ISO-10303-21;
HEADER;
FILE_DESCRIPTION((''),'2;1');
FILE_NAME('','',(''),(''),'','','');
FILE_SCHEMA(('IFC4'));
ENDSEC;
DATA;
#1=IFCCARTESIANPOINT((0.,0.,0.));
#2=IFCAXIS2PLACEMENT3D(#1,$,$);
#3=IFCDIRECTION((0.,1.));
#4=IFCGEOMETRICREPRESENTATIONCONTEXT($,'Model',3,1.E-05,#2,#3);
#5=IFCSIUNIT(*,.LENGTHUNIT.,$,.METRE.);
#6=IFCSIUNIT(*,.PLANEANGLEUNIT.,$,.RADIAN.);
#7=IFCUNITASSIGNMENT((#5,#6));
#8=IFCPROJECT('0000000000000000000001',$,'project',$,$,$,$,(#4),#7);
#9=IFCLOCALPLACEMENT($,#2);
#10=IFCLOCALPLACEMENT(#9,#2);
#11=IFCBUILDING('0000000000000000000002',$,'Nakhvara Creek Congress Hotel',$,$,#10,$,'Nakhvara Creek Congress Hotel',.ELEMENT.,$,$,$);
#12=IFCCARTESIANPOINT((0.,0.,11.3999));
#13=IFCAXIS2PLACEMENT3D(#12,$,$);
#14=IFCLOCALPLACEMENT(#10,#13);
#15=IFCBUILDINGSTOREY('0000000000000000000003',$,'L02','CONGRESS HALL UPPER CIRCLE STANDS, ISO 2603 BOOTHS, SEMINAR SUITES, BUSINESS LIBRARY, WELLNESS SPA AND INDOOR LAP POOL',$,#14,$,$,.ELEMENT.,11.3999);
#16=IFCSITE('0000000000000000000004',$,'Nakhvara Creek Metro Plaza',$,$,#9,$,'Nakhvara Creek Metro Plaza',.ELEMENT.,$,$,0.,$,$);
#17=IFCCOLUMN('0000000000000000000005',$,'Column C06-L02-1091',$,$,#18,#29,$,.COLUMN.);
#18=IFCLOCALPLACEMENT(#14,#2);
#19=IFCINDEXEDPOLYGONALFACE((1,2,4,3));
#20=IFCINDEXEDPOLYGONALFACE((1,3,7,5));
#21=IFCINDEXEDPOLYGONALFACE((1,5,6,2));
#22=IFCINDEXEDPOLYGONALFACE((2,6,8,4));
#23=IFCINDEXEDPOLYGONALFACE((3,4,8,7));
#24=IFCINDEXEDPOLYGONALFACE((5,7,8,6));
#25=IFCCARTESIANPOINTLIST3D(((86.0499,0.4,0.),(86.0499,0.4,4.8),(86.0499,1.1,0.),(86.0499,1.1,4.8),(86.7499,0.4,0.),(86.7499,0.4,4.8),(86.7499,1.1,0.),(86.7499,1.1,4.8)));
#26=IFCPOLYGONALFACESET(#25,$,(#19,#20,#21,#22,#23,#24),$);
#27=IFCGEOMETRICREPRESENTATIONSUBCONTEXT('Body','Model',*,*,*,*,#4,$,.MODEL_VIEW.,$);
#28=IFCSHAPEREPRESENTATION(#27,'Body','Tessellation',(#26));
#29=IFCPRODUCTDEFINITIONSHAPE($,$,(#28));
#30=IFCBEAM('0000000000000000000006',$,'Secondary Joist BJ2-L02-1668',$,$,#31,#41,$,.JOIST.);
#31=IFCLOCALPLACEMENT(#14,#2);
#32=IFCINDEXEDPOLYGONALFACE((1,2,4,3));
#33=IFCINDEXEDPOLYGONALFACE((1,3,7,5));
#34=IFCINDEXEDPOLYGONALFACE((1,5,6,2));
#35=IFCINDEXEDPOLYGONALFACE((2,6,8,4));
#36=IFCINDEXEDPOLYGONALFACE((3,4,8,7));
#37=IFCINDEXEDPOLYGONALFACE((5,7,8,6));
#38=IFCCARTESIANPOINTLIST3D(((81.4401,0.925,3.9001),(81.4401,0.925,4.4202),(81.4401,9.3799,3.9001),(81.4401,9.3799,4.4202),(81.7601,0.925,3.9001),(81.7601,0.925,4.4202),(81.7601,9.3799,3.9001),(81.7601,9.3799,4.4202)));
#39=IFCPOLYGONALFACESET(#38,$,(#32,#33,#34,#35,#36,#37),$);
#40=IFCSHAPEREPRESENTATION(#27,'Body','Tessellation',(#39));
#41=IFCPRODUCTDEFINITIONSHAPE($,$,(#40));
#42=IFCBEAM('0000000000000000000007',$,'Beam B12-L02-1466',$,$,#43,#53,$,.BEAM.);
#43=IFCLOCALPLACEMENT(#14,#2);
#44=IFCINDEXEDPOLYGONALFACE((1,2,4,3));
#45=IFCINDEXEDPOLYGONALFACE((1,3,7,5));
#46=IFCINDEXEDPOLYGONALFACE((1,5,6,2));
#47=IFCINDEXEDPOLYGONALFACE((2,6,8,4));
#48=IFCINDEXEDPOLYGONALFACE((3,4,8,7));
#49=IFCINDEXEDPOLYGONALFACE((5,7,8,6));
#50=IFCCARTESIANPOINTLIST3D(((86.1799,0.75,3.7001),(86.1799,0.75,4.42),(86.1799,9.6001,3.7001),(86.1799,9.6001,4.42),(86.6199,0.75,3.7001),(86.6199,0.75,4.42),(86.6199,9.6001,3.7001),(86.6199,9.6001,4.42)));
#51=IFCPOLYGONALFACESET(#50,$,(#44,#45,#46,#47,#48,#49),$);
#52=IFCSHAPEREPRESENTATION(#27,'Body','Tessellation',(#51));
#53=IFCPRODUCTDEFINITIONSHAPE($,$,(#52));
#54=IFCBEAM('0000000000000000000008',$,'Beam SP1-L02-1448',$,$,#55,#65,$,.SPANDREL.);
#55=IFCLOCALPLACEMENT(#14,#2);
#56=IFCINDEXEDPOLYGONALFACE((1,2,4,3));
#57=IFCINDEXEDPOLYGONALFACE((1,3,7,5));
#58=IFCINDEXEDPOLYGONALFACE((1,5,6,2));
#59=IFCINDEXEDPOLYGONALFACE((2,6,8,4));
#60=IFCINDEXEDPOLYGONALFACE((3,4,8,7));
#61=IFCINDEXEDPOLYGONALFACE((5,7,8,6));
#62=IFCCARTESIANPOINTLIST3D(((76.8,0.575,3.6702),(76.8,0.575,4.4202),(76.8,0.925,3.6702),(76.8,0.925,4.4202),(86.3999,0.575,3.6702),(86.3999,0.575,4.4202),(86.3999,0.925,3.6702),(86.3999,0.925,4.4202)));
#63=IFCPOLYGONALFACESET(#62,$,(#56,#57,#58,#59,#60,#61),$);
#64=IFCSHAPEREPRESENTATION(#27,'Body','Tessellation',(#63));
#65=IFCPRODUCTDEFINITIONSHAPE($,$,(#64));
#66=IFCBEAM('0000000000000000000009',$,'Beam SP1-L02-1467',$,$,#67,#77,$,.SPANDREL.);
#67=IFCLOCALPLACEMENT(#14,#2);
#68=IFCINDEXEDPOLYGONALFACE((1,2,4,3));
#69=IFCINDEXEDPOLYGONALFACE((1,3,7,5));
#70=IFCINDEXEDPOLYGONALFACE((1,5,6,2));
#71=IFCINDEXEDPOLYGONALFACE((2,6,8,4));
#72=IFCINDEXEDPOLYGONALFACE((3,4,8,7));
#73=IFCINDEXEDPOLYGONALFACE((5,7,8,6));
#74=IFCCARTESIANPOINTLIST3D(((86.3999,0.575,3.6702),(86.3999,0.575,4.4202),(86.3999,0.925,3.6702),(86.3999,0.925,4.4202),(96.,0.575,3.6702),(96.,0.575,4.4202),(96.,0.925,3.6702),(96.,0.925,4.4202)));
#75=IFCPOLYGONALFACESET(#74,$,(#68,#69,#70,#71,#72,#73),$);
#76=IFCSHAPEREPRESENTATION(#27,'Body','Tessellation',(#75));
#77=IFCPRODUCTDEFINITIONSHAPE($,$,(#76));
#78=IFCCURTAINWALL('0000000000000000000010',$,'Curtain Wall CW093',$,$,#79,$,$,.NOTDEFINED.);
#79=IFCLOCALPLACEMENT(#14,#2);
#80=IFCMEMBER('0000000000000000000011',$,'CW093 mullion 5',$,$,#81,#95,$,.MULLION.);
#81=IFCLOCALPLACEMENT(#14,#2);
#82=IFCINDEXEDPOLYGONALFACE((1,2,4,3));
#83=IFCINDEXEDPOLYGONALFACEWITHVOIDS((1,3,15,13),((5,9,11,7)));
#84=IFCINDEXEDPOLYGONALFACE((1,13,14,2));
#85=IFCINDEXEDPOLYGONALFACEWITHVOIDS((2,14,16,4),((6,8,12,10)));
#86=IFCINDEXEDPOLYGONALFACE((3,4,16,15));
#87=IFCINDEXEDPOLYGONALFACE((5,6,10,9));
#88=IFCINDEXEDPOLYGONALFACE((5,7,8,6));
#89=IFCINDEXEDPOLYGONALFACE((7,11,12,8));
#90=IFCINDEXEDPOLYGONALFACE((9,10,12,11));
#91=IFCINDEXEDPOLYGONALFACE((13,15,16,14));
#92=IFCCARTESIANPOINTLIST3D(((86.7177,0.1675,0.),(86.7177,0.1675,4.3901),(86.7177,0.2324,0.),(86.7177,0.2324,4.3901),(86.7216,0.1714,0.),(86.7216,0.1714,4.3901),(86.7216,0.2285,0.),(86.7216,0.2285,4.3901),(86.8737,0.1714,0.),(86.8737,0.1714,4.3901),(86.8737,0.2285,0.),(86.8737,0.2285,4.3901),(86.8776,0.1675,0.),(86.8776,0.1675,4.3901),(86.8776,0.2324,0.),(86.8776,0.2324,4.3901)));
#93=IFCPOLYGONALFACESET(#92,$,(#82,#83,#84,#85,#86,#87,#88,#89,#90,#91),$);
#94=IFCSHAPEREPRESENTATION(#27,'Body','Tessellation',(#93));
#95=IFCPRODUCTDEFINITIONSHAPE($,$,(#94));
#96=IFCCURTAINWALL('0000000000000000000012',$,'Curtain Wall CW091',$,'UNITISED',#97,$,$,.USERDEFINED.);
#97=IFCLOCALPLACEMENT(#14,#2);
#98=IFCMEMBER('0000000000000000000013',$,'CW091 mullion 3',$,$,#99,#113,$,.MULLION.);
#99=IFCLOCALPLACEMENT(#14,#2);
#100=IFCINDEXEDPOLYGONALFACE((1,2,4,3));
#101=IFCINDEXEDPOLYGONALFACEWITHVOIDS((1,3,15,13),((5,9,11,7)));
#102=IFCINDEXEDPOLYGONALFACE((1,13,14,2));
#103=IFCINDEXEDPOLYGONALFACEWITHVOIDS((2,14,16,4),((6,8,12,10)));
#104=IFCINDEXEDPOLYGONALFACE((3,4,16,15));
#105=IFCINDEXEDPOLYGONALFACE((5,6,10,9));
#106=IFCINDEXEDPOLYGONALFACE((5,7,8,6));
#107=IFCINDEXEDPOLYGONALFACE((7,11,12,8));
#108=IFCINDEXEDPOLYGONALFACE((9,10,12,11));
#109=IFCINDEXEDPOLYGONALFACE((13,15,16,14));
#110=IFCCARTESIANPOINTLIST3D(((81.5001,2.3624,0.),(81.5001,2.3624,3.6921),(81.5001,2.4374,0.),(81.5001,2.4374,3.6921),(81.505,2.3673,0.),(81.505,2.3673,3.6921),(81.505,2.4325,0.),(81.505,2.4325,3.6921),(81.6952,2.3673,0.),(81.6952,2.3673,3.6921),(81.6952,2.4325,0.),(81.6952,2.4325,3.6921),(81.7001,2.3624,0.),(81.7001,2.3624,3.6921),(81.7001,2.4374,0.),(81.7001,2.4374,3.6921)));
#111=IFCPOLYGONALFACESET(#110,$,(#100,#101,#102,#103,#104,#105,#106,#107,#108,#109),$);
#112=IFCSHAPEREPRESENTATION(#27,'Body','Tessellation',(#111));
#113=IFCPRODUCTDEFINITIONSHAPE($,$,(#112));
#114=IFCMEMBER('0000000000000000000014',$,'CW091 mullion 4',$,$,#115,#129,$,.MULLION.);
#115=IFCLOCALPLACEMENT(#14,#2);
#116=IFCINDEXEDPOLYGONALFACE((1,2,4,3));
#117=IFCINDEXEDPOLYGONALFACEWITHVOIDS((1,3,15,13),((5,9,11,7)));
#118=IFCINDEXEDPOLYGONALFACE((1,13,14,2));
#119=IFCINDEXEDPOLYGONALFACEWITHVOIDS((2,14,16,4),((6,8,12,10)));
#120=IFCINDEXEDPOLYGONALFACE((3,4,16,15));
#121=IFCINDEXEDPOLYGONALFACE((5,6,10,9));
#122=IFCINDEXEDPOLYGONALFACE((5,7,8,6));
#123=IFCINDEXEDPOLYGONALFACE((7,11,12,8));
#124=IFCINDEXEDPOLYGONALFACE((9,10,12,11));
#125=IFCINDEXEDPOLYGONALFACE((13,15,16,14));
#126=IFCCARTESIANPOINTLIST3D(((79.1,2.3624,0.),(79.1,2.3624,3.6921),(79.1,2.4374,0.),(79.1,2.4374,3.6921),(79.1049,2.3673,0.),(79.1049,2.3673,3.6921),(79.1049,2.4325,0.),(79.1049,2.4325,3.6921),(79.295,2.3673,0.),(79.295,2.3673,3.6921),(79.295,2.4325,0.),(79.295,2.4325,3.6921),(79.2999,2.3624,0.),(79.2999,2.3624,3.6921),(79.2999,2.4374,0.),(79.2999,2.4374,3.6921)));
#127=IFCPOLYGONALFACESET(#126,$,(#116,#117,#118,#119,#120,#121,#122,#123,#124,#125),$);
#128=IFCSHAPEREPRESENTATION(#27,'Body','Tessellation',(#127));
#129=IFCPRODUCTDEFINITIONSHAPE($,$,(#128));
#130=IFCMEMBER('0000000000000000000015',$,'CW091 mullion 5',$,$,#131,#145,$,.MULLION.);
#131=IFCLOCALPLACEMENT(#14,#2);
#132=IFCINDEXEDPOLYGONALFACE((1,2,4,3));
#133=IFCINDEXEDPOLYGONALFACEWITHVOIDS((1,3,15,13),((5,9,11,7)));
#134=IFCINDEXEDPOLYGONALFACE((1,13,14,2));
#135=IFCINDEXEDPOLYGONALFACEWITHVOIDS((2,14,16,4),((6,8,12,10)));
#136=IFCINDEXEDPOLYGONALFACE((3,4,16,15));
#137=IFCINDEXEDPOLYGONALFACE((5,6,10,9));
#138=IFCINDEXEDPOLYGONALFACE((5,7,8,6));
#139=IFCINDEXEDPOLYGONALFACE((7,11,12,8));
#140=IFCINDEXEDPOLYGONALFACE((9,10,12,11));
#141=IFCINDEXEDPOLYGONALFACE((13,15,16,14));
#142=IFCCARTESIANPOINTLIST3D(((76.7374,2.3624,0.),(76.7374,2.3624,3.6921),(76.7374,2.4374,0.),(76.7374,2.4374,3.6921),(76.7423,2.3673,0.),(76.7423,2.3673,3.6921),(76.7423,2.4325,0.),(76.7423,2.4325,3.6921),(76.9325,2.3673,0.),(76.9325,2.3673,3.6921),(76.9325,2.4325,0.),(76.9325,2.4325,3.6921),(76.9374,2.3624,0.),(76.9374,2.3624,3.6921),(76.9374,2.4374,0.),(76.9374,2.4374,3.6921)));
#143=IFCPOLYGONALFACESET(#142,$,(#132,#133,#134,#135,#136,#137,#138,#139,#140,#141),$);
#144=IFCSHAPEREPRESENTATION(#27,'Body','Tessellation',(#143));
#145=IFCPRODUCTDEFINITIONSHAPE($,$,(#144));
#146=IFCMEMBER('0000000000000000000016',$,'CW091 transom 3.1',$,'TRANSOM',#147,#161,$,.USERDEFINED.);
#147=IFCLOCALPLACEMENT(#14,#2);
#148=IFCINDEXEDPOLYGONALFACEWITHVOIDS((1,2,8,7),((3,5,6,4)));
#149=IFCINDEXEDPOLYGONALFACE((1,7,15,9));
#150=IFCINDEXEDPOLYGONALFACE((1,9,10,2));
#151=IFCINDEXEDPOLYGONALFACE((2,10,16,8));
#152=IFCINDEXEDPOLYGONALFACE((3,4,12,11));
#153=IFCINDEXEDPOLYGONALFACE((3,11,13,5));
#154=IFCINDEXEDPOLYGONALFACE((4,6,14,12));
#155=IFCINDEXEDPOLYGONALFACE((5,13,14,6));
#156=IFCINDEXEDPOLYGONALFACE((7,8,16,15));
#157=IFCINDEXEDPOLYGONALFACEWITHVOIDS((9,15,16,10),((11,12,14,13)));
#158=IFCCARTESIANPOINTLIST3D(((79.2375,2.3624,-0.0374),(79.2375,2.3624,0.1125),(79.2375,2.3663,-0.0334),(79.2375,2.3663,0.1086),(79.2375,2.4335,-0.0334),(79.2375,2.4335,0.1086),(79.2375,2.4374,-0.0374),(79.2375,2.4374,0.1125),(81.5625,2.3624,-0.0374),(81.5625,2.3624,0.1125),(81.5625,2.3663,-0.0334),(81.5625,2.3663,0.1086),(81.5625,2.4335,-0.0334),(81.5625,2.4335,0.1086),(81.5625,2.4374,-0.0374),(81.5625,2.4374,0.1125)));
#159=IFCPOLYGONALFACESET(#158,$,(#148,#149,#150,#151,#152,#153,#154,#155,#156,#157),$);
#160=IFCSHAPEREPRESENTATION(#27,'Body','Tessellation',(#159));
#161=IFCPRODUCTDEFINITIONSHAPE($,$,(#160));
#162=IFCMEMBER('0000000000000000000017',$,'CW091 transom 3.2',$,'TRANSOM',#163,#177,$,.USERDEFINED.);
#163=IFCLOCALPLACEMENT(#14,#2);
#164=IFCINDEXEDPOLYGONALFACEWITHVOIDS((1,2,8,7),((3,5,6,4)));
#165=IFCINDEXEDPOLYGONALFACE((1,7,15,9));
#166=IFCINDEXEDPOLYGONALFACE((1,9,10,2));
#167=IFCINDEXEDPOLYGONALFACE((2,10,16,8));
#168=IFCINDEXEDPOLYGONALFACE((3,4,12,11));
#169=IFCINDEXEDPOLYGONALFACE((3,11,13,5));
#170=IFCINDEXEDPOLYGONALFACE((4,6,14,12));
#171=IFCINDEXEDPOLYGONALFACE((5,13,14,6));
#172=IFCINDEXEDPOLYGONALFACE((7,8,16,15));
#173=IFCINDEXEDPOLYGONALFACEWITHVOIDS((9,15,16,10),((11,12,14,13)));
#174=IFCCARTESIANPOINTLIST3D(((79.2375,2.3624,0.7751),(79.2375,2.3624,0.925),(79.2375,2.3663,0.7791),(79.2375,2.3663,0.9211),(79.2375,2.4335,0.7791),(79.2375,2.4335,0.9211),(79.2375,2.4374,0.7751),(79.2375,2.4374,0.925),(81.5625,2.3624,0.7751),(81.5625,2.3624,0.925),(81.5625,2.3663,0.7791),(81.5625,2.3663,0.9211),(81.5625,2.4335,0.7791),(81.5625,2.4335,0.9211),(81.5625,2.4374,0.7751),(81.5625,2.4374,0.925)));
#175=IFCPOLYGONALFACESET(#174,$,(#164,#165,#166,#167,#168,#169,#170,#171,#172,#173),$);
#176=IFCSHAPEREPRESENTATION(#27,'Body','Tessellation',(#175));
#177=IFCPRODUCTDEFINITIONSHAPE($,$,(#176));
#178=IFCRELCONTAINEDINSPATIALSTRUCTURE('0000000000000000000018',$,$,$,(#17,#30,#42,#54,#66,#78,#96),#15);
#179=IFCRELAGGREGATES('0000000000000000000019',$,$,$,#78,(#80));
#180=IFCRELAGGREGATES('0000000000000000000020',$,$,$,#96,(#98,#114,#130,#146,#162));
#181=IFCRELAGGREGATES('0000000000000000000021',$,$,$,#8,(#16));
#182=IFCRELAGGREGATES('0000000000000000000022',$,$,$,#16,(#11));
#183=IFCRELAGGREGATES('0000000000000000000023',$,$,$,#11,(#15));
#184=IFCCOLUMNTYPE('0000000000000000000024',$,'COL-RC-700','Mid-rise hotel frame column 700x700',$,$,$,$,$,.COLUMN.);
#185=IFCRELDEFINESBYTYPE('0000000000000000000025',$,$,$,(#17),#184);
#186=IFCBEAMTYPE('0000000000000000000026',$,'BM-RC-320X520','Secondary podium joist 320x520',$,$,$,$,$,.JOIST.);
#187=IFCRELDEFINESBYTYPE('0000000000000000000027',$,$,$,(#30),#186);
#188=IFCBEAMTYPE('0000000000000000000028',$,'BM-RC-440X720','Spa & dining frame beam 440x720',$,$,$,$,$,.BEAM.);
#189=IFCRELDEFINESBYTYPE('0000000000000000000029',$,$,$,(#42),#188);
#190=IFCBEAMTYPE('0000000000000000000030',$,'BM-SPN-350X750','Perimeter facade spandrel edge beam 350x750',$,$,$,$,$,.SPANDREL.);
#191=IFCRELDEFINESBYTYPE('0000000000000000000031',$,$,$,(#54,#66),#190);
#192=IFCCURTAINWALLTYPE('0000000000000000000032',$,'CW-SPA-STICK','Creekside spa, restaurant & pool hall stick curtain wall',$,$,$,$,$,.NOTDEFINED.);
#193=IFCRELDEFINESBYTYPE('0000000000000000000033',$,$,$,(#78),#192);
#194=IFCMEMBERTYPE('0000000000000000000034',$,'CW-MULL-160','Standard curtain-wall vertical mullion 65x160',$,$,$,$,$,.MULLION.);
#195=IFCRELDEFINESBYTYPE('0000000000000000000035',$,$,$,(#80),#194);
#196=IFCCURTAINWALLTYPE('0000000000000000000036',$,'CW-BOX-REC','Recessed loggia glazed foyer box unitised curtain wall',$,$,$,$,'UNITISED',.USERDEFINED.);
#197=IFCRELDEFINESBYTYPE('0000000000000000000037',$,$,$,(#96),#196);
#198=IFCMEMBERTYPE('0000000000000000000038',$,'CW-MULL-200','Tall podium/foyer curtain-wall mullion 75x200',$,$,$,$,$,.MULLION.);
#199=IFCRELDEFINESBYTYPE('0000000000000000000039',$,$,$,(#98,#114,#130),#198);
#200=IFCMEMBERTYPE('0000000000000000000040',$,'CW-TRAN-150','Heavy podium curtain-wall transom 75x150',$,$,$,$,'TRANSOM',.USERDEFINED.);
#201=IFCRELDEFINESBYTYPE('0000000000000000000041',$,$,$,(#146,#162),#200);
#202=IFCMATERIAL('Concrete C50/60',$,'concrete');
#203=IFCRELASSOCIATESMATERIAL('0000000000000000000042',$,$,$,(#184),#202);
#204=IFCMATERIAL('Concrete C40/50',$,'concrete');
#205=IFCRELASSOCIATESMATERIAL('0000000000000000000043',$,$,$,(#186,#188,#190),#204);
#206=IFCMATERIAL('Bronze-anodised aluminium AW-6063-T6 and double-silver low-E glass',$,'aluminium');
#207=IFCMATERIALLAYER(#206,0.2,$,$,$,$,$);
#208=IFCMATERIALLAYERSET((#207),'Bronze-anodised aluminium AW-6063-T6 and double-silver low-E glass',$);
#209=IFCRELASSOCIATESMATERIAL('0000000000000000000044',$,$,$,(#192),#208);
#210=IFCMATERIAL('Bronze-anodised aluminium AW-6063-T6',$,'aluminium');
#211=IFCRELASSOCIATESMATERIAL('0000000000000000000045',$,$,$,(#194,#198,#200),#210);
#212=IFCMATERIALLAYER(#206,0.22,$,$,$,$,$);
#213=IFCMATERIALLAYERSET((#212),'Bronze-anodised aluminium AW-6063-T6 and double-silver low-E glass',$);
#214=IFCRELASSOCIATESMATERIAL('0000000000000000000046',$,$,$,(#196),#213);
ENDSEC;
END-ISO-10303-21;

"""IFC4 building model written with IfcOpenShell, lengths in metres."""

from ifc_helpers import new_model, si_unit, direction, frame, origin, origin_2d, place, context, subcontext, project, spatial, rectangle, hollow_rectangle, extrude, material, layer, layer_set, material_profile, profile_set, type_object, element, aggregate, save


model = new_model("IFC4")

# Units and contexts
model_context = context("Model", 3, precision=1e-05, world=origin(), true_north=direction((0.0, 1.0)))
body_context = subcontext(model_context, "Body", "Model", "MODEL_VIEW")
ifc_project = project(units=[si_unit("LENGTHUNIT", "METRE"), si_unit("PLANEANGLEUNIT", "RADIAN")], contexts=[model_context])

# Site, building, storey
site_placement = place(None, origin())
site = spatial("IfcSite", under=ifc_project, at=site_placement, Name="Nakhvara Creek Metro Plaza", LongName="Nakhvara Creek Metro Plaza", CompositionType="ELEMENT", RefElevation=0.0)
building_placement = place(site_placement, origin())
building = spatial("IfcBuilding", under=site, at=building_placement, Name="Nakhvara Creek Congress Hotel", LongName="Nakhvara Creek Congress Hotel", CompositionType="ELEMENT")
storey_placement = place(building_placement, frame((0.0, 0.0, 11.3999)))
storey = spatial("IfcBuildingStorey", under=building, at=storey_placement, Name="L02", Description="CONGRESS HALL UPPER CIRCLE STANDS, ISO 2603 BOOTHS, SEMINAR SUITES, BUSINESS LIBRARY, WELLNESS SPA AND INDOOR LAP POOL", CompositionType="ELEMENT", Elevation=11.3999)

# Column
ifc_material_1 = material(Name="Concrete C50/60", Category="concrete")
ifc_material_profile_1 = material_profile(ifc_material_1, rectangle(XDim=0.7, YDim=0.7, at=origin_2d()), Name="RC-COL 700x700", Category="LoadBearing")
ifc_profile_set_1 = profile_set([ifc_material_profile_1], Name="Concrete C50/60")
column_type = type_object("IfcColumnType", Name="COL-RC-700", Description="Mid-rise hotel frame column 700x700", PredefinedType="COLUMN", material=ifc_profile_set_1)
column_placement = place(storey_placement, frame((86.3999, 0.75, 0.0), z_axis=(0.0, 0.0, 1.0), x_axis=(1.0, 0.0, 0.0)))
element("IfcColumn", 1, at=column_placement, inside=storey, type_object=column_type, Name="Column C06-L02-1091", PredefinedType="COLUMN", context=body_context, shape_type="SweptSolid", body=[
    extrude(rectangle(XDim=0.7, YDim=0.7, at=origin_2d()), origin(), (0.0, 0.0, 1.0), 4.8),
])

# Beams
ifc_material_2 = material(Name="Concrete C40/50", Category="concrete")
ifc_material_profile_2 = material_profile(ifc_material_2, rectangle(XDim=0.3201, YDim=0.52, at=origin_2d()), Name="RC-BM 320x520", Category="LoadBearing")
ifc_profile_set_2 = profile_set([ifc_material_profile_2], Name="Concrete C40/50")
beam_type_1 = type_object("IfcBeamType", Name="BM-RC-320X520", Description="Secondary podium joist 320x520", PredefinedType="JOIST", material=ifc_profile_set_2)
beam_1_placement = place(storey_placement, frame((81.6001, 0.925, 4.1602), z_axis=(0.0, 1.0, 0.0), x_axis=(-1.0, 0.0, 0.0)))
element("IfcBeam", 2, at=beam_1_placement, inside=storey, type_object=beam_type_1, Name="Secondary Joist BJ2-L02-1668", PredefinedType="JOIST", context=body_context, shape_type="SweptSolid", body=[
    extrude(rectangle(XDim=0.3201, YDim=0.52, at=origin_2d()), origin(), (0.0, 0.0, 1.0), 8.4548),
])
ifc_material_profile_3 = material_profile(ifc_material_2, rectangle(XDim=0.4399, YDim=0.72, at=origin_2d()), Name="RC-BM 440x720", Category="LoadBearing")
ifc_profile_set_3 = profile_set([ifc_material_profile_3], Name="Concrete C40/50")
beam_type_2 = type_object("IfcBeamType", Name="BM-RC-440X720", Description="Spa & dining frame beam 440x720", PredefinedType="BEAM", material=ifc_profile_set_3)
beam_2_placement = place(storey_placement, frame((86.3999, 0.75, 4.0601), z_axis=(0.0, 1.0, 0.0), x_axis=(-1.0, 0.0, 0.0)))
element("IfcBeam", 3, at=beam_2_placement, inside=storey, type_object=beam_type_2, Name="Beam B12-L02-1466", PredefinedType="BEAM", context=body_context, shape_type="SweptSolid", body=[
    extrude(rectangle(XDim=0.4399, YDim=0.72, at=origin_2d()), origin(), (0.0, 0.0, 1.0), 8.8501),
])
ifc_material_profile_4 = material_profile(ifc_material_2, rectangle(XDim=0.3501, YDim=0.75, at=origin_2d()), Name="RC-SPANDREL 350x750", Category="LoadBearing")
ifc_profile_set_4 = profile_set([ifc_material_profile_4], Name="Concrete C40/50")
beam_type_3 = type_object("IfcBeamType", Name="BM-SPN-350X750", Description="Perimeter facade spandrel edge beam 350x750", PredefinedType="SPANDREL", material=ifc_profile_set_4)
beam_3_placement = place(storey_placement, frame((76.8, 0.75, 4.0452), z_axis=(1.0, 0.0, 0.0), x_axis=(0.0, 1.0, 0.0)))
element("IfcBeam", 4, at=beam_3_placement, inside=storey, type_object=beam_type_3, Name="Beam SP1-L02-1448", PredefinedType="SPANDREL", context=body_context, shape_type="SweptSolid", body=[
    extrude(rectangle(XDim=0.3501, YDim=0.75, at=origin_2d()), origin(), (0.0, 0.0, 1.0), 9.5999),
])
beam_4_placement = place(storey_placement, frame((86.3999, 0.75, 4.0452), z_axis=(1.0, 0.0, 0.0), x_axis=(0.0, 1.0, 0.0)))
element("IfcBeam", 5, at=beam_4_placement, inside=storey, type_object=beam_type_3, Name="Beam SP1-L02-1467", PredefinedType="SPANDREL", context=body_context, shape_type="SweptSolid", body=[
    extrude(rectangle(XDim=0.3501, YDim=0.75, at=origin_2d()), origin(), (0.0, 0.0, 1.0), 9.6001),
])

# Curtain wall, member
ifc_material_3 = material(Name="Bronze-anodised aluminium AW-6063-T6 and double-silver low-E glass", Category="aluminium")
ifc_layer_1 = layer(ifc_material_3, 0.2)
ifc_layer_set_1 = layer_set([ifc_layer_1], Name="Bronze-anodised aluminium AW-6063-T6 and double-silver low-E glass")
curtain_wall_type_1 = type_object("IfcCurtainWallType", Name="CW-SPA-STICK", Description="Creekside spa, restaurant & pool hall stick curtain wall", PredefinedType="NOTDEFINED", material=ifc_layer_set_1)
curtain_wall_1_placement = place(storey_placement, origin())
curtain_wall_1 = element("IfcCurtainWall", 6, at=curtain_wall_1_placement, inside=storey, type_object=curtain_wall_type_1, Name="Curtain Wall CW093", PredefinedType="NOTDEFINED")
ifc_material_4 = material(Name="Bronze-anodised aluminium AW-6063-T6", Category="aluminium")
ifc_material_profile_5 = material_profile(ifc_material_4, hollow_rectangle(XDim=0.0649, YDim=0.1599, WallThickness=0.0039, at=origin_2d()), Name="ALU-MULL 65x160x4", Category="LoadBearing")
ifc_profile_set_5 = profile_set([ifc_material_profile_5], Name="Bronze-anodised aluminium AW-6063-T6")
member_type_1 = type_object("IfcMemberType", Name="CW-MULL-160", Description="Standard curtain-wall vertical mullion 65x160", PredefinedType="MULLION", material=ifc_profile_set_5)
member_1_placement = place(storey_placement, frame((86.7976, 0.2, 0.0), z_axis=(0.0, 0.0, 1.0), x_axis=(0.0, -1.0, 0.0)))
member_1 = element("IfcMember", 7, at=member_1_placement, type_object=member_type_1, Name="CW093 mullion 5", PredefinedType="MULLION", context=body_context, shape_type="SweptSolid", body=[
    extrude(hollow_rectangle(XDim=0.0649, YDim=0.1599, WallThickness=0.0039, at=origin_2d()), origin(), (0.0, 0.0, 1.0), 4.3901),
])
aggregate(curtain_wall_1, [member_1])

# Curtain wall, members
ifc_layer_2 = layer(ifc_material_3, 0.22)
ifc_layer_set_2 = layer_set([ifc_layer_2], Name="Bronze-anodised aluminium AW-6063-T6 and double-silver low-E glass")
curtain_wall_type_2 = type_object("IfcCurtainWallType", Name="CW-BOX-REC", Description="Recessed loggia glazed foyer box unitised curtain wall", ElementType="UNITISED", PredefinedType="USERDEFINED", material=ifc_layer_set_2)
curtain_wall_2_placement = place(storey_placement, origin())
curtain_wall_2 = element("IfcCurtainWall", 8, at=curtain_wall_2_placement, inside=storey, type_object=curtain_wall_type_2, Name="Curtain Wall CW091", ObjectType="UNITISED", PredefinedType="USERDEFINED")
ifc_material_profile_6 = material_profile(ifc_material_4, hollow_rectangle(XDim=0.075, YDim=0.2, WallThickness=0.0049, at=origin_2d()), Name="ALU-MULL 75x200x5", Category="LoadBearing")
ifc_profile_set_6 = profile_set([ifc_material_profile_6], Name="Bronze-anodised aluminium AW-6063-T6")
member_type_2 = type_object("IfcMemberType", Name="CW-MULL-200", Description="Tall podium/foyer curtain-wall mullion 75x200", PredefinedType="MULLION", material=ifc_profile_set_6)
member_2_placement = place(storey_placement, frame((81.6001, 2.3999, 0.0), z_axis=(0.0, 0.0, 1.0), x_axis=(0.0, -1.0, 0.0)))
member_2 = element("IfcMember", 9, at=member_2_placement, type_object=member_type_2, Name="CW091 mullion 3", PredefinedType="MULLION", context=body_context, shape_type="SweptSolid", body=[
    extrude(hollow_rectangle(XDim=0.075, YDim=0.2, WallThickness=0.0049, at=origin_2d()), origin(), (0.0, 0.0, 1.0), 3.6921),
])
member_3_placement = place(storey_placement, frame((79.2, 2.3999, 0.0), z_axis=(0.0, 0.0, 1.0), x_axis=(0.0, -1.0, 0.0)))
member_3 = element("IfcMember", 10, at=member_3_placement, type_object=member_type_2, Name="CW091 mullion 4", PredefinedType="MULLION", context=body_context, shape_type="SweptSolid", body=[
    extrude(hollow_rectangle(XDim=0.075, YDim=0.2, WallThickness=0.0049, at=origin_2d()), origin(), (0.0, 0.0, 1.0), 3.6921),
])
member_4_placement = place(storey_placement, frame((76.8374, 2.3999, 0.0), z_axis=(0.0, 0.0, 1.0), x_axis=(0.0, -1.0, 0.0)))
member_4 = element("IfcMember", 11, at=member_4_placement, type_object=member_type_2, Name="CW091 mullion 5", PredefinedType="MULLION", context=body_context, shape_type="SweptSolid", body=[
    extrude(hollow_rectangle(XDim=0.075, YDim=0.2, WallThickness=0.0049, at=origin_2d()), origin(), (0.0, 0.0, 1.0), 3.6921),
])
ifc_material_profile_7 = material_profile(ifc_material_4, hollow_rectangle(XDim=0.075, YDim=0.1499, WallThickness=0.0039, at=origin_2d()), Name="ALU-TRAN 75x150x4", Category="LoadBearing")
ifc_profile_set_7 = profile_set([ifc_material_profile_7], Name="Bronze-anodised aluminium AW-6063-T6")
member_type_3 = type_object("IfcMemberType", Name="CW-TRAN-150", Description="Heavy podium curtain-wall transom 75x150", ElementType="TRANSOM", PredefinedType="USERDEFINED", material=ifc_profile_set_7)
member_5_placement = place(storey_placement, frame((81.5625, 2.3999, 0.0376), z_axis=(-1.0, 0.0, 0.0), x_axis=(0.0, -1.0, 0.0)))
member_5 = element("IfcMember", 12, at=member_5_placement, type_object=member_type_3, Name="CW091 transom 3.1", ObjectType="TRANSOM", PredefinedType="USERDEFINED", context=body_context, shape_type="SweptSolid", body=[
    extrude(hollow_rectangle(XDim=0.075, YDim=0.1499, WallThickness=0.0039, at=origin_2d()), origin(), (0.0, 0.0, 1.0), 2.325),
])
member_6_placement = place(storey_placement, frame((81.5625, 2.3999, 0.8501), z_axis=(-1.0, 0.0, 0.0), x_axis=(0.0, -1.0, 0.0)))
member_6 = element("IfcMember", 13, at=member_6_placement, type_object=member_type_3, Name="CW091 transom 3.2", ObjectType="TRANSOM", PredefinedType="USERDEFINED", context=body_context, shape_type="SweptSolid", body=[
    extrude(hollow_rectangle(XDim=0.075, YDim=0.1499, WallThickness=0.0039, at=origin_2d()), origin(), (0.0, 0.0, 1.0), 2.325),
])
aggregate(curtain_wall_2, [member_2, member_3, member_4, member_5, member_6])

save(model, "model.ifc")
